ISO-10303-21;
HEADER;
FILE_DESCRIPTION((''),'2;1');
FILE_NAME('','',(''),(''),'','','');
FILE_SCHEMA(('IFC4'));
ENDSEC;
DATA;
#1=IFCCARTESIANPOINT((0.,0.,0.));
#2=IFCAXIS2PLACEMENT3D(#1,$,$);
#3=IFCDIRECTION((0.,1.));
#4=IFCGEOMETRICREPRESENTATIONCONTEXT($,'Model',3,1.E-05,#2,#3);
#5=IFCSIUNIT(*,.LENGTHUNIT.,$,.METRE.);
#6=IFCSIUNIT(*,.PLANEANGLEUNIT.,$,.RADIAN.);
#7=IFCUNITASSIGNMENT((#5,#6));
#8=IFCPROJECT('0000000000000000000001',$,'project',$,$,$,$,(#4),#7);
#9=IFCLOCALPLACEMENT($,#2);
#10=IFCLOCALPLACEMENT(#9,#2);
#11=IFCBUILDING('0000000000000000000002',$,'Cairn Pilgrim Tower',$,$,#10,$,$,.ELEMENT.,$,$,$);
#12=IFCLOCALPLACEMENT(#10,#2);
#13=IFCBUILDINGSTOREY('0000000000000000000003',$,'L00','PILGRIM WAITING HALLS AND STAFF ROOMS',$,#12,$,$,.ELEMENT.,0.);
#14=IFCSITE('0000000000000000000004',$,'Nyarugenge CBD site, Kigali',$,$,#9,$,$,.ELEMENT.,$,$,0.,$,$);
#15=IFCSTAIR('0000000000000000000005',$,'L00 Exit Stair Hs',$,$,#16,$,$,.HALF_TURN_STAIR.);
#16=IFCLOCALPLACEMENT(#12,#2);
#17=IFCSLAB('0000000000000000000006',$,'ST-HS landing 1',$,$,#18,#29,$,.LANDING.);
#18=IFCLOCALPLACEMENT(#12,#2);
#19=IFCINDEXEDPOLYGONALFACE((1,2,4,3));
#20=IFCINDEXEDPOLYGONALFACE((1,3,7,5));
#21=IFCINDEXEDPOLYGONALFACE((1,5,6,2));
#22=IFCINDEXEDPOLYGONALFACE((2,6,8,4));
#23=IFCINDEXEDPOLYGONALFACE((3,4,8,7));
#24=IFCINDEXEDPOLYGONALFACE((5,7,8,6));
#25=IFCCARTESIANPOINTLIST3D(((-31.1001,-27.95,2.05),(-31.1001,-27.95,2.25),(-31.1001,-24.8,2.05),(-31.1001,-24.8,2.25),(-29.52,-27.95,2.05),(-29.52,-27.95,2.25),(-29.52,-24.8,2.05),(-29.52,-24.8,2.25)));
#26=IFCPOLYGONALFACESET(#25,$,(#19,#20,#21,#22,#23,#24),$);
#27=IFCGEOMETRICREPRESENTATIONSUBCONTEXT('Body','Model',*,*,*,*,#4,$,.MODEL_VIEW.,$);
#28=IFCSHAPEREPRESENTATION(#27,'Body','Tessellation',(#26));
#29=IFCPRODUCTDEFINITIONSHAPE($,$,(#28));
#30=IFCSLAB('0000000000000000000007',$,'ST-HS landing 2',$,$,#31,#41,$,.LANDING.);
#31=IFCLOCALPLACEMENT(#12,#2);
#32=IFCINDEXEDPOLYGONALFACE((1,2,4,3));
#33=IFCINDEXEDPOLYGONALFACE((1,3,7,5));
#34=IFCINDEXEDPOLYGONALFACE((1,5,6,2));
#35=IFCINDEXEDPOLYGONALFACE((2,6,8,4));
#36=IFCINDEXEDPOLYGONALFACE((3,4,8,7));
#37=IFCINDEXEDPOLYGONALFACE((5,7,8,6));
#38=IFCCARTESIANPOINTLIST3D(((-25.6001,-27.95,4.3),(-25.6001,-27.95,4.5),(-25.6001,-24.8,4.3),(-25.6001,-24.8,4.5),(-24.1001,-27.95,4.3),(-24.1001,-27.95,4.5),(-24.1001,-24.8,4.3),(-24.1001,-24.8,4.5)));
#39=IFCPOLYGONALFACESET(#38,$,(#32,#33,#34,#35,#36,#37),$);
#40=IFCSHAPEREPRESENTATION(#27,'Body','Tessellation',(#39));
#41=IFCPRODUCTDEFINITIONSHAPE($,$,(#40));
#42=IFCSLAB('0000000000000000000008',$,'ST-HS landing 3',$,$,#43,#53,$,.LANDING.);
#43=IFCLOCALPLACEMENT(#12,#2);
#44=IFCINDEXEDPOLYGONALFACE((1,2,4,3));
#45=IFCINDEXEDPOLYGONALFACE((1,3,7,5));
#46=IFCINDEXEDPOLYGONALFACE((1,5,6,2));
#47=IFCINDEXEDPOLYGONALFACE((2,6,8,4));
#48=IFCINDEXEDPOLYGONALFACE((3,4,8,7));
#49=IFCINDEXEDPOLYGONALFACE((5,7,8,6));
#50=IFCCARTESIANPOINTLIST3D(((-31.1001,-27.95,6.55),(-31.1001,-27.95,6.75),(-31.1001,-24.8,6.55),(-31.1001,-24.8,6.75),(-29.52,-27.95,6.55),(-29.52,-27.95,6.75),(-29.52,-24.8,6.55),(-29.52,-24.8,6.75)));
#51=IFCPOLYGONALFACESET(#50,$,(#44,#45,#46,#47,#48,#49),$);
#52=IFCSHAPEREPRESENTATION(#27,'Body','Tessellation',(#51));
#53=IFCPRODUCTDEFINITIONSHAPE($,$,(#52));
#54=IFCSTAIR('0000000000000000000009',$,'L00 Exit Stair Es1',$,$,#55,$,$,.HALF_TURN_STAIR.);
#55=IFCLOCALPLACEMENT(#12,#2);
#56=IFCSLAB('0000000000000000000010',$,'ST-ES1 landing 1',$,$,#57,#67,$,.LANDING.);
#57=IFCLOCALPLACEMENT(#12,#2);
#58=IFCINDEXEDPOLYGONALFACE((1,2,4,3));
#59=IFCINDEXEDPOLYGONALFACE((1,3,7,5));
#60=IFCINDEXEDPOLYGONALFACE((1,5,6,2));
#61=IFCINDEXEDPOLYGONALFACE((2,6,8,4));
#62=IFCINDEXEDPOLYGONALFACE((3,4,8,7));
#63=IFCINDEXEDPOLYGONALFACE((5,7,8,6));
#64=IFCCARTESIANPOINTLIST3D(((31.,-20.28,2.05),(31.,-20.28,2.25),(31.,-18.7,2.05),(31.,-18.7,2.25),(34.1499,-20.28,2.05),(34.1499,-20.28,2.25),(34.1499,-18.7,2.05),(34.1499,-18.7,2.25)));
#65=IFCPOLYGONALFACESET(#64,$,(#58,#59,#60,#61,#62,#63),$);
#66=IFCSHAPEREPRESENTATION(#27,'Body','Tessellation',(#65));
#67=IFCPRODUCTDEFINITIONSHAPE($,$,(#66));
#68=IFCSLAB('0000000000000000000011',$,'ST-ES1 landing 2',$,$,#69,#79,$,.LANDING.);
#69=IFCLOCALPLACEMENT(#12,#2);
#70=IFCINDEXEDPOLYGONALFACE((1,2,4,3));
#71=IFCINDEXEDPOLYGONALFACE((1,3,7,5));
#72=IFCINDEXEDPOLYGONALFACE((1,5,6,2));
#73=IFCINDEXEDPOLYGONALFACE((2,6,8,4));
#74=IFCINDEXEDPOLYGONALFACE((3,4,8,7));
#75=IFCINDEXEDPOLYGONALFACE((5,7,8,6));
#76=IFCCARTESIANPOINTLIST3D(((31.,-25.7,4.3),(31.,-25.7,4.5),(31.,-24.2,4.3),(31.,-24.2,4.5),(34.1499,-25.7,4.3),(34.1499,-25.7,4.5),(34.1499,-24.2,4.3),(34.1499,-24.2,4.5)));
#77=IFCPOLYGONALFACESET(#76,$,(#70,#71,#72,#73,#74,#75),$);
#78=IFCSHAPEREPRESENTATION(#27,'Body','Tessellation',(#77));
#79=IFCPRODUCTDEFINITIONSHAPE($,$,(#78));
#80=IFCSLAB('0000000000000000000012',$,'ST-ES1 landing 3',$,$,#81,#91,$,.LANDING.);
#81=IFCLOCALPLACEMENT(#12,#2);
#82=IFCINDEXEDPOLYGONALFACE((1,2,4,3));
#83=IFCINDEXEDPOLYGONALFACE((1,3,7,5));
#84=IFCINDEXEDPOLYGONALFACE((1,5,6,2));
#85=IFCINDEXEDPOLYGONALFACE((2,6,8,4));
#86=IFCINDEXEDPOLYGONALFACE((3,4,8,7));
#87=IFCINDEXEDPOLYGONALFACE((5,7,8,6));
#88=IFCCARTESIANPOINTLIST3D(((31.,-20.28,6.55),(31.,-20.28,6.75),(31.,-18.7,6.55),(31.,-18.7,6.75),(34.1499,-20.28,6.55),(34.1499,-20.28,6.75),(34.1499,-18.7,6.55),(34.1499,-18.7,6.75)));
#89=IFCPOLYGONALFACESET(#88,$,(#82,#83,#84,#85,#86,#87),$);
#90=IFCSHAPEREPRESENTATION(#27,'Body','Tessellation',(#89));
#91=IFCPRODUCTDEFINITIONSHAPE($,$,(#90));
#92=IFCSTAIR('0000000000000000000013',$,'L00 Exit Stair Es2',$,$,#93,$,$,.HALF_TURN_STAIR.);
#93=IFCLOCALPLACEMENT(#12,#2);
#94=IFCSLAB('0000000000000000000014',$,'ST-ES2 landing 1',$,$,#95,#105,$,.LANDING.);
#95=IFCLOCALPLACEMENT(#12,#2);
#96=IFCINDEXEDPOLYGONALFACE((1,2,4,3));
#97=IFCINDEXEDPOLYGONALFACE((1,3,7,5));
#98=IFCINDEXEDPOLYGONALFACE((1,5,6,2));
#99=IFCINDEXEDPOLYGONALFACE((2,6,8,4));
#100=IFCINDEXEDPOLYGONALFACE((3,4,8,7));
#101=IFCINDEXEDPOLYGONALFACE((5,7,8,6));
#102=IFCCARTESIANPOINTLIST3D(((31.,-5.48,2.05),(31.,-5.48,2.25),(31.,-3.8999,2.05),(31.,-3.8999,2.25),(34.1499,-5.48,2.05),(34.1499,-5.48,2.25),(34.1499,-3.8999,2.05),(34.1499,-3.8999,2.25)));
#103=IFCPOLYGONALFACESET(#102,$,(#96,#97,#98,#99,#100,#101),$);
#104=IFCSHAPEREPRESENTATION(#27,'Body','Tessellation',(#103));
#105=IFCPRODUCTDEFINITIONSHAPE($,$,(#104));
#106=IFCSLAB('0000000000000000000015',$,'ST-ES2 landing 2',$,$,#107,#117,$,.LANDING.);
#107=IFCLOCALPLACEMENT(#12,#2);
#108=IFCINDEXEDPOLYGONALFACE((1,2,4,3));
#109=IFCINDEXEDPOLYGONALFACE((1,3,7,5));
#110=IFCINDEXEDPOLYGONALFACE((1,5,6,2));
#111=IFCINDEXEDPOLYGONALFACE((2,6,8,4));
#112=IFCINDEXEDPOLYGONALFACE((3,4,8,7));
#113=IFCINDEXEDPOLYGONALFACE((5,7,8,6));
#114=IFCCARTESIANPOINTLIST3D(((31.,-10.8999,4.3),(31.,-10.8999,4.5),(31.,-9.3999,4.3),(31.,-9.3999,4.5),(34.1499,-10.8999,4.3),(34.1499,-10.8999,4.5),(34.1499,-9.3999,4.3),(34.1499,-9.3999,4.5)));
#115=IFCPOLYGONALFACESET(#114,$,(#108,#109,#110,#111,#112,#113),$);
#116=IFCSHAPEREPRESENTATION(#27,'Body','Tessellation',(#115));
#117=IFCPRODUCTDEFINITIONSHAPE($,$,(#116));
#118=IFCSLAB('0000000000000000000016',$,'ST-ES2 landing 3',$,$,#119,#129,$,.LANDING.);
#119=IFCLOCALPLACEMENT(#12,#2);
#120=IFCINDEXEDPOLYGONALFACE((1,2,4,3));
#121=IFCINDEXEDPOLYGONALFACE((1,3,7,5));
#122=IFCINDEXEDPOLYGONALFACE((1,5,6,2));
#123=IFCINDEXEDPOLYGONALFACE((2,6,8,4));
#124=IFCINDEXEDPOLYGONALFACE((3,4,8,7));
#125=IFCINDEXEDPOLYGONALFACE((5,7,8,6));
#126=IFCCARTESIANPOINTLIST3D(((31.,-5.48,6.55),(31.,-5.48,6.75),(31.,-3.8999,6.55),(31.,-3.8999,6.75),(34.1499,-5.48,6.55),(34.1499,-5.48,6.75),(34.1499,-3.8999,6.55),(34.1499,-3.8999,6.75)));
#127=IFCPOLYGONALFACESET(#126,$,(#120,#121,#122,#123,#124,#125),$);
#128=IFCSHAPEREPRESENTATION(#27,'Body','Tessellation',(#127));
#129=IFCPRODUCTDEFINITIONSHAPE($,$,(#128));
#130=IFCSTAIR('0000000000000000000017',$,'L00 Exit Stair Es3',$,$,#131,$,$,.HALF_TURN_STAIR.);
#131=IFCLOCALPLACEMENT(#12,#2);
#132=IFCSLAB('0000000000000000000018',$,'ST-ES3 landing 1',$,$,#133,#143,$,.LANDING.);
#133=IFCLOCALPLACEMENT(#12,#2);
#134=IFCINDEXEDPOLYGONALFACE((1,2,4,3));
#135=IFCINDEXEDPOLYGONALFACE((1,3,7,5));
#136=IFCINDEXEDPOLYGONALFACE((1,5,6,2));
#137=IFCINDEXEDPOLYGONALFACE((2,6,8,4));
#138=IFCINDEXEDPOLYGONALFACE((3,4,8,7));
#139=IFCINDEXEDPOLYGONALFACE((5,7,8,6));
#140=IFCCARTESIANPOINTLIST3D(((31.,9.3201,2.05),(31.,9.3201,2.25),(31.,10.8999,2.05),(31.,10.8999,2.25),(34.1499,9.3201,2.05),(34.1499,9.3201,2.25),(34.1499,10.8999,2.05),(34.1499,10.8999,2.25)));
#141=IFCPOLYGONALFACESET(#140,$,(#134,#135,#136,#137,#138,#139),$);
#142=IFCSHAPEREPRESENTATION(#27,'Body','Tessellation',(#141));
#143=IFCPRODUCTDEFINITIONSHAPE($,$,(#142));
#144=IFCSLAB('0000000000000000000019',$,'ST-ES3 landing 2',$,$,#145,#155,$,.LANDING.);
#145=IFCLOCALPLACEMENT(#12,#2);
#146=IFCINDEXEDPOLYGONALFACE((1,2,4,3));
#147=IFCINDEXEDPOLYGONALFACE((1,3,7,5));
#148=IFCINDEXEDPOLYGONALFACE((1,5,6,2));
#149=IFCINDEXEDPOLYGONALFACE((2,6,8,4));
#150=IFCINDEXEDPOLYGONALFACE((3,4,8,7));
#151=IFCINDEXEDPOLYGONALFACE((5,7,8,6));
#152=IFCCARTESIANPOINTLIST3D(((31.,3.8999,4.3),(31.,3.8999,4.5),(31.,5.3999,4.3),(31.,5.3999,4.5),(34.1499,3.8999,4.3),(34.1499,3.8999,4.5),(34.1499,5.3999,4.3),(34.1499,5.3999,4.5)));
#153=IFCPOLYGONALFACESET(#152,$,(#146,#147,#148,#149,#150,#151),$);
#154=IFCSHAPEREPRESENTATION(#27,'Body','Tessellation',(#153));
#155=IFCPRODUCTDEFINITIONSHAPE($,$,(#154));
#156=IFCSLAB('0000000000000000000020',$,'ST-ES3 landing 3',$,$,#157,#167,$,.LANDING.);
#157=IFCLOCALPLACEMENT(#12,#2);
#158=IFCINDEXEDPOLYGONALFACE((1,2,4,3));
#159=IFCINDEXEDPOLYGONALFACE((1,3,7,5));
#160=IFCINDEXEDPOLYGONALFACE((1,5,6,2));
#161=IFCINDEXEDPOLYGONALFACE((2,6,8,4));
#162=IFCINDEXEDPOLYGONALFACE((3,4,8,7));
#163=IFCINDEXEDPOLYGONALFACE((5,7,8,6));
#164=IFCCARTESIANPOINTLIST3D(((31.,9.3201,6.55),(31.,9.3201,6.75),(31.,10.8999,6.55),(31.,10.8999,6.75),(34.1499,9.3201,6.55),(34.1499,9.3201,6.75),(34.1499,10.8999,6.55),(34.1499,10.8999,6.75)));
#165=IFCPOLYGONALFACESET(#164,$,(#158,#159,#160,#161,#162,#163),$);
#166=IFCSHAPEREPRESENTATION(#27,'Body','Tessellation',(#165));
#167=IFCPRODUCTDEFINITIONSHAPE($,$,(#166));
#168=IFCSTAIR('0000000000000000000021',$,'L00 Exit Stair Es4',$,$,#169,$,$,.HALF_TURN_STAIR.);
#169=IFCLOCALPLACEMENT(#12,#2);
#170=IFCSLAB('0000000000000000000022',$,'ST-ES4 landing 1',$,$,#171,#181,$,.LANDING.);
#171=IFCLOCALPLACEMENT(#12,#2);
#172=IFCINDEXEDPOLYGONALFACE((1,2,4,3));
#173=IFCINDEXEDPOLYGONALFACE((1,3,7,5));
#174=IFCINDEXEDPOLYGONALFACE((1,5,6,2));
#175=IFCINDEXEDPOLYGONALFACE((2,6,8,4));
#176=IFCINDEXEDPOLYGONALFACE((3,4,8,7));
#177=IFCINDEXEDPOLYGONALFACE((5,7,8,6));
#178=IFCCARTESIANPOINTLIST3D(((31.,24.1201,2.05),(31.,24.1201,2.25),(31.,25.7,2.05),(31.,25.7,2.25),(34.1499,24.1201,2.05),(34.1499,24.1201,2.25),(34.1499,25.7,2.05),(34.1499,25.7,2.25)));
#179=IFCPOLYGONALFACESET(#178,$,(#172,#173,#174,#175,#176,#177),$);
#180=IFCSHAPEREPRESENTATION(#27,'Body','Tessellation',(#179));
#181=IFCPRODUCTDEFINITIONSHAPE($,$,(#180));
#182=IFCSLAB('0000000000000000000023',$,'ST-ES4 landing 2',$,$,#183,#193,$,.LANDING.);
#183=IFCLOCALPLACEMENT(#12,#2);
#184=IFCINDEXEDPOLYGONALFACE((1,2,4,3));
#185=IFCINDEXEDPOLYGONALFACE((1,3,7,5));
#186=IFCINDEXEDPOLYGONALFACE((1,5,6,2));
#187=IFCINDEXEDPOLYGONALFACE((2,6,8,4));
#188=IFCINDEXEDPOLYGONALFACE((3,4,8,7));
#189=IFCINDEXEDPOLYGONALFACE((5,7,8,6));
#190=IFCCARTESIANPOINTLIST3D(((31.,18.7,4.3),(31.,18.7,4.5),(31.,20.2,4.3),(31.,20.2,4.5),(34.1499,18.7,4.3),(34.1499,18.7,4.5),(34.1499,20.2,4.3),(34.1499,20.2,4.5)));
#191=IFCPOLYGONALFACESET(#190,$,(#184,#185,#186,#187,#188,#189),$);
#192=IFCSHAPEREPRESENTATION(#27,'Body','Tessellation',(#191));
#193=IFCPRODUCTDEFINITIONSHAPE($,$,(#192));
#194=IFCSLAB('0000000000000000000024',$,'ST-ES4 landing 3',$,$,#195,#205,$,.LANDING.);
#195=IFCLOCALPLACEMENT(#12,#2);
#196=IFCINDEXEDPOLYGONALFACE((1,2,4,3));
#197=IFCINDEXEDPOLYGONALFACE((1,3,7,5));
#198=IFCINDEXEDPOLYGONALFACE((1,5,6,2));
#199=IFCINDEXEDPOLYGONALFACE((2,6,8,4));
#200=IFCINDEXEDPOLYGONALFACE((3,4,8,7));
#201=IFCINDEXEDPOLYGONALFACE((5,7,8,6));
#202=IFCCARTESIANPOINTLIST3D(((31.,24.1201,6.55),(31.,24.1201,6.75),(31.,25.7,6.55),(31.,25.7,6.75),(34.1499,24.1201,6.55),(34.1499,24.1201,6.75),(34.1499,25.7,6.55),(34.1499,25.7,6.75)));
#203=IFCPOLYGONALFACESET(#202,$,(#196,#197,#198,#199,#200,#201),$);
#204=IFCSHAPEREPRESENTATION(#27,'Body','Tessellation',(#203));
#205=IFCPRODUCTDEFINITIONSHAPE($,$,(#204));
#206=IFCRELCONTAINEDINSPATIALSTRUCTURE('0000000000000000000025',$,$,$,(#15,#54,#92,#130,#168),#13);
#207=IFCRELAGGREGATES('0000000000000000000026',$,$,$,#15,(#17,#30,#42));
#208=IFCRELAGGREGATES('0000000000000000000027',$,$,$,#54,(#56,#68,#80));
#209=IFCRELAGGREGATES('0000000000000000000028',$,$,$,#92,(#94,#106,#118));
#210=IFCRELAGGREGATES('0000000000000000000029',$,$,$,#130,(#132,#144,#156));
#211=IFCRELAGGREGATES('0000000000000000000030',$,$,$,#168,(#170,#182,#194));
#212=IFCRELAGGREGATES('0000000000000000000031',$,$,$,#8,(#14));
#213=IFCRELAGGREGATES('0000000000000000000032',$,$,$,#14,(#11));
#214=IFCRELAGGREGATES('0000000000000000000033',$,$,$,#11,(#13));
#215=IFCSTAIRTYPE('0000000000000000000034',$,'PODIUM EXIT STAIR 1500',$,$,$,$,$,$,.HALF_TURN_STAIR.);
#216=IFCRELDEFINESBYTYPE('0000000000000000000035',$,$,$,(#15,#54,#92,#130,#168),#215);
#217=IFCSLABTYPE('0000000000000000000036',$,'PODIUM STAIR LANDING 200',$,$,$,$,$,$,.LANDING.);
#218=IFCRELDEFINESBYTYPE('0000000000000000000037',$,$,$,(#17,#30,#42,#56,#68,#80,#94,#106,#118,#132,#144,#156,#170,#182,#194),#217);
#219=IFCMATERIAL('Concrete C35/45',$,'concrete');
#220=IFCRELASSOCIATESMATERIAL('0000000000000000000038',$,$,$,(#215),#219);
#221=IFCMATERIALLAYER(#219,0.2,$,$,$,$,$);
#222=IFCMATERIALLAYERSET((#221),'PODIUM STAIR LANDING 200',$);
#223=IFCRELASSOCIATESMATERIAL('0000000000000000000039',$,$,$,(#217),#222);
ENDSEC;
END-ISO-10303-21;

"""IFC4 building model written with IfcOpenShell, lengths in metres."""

from ifc_helpers import new_model, si_unit, direction, frame, origin, place, context, subcontext, project, spatial, polyline, outline, extrude, material, layer, layer_set, type_object, element, aggregate, save


model = new_model("IFC4")

# Units and contexts
model_context = context("Model", 3, precision=1e-05, world=origin(), true_north=direction((0.0, 1.0)))
body_context = subcontext(model_context, "Body", "Model", "MODEL_VIEW")
ifc_project = project(units=[si_unit("LENGTHUNIT", "METRE"), si_unit("PLANEANGLEUNIT", "RADIAN")], contexts=[model_context])

# Site, building, storey
site_placement = place(None, origin())
site = spatial("IfcSite", under=ifc_project, at=site_placement, Name="Nyarugenge CBD site, Kigali", CompositionType="ELEMENT", RefElevation=0.0)
building_placement = place(site_placement, origin())
building = spatial("IfcBuilding", under=site, at=building_placement, Name="Cairn Pilgrim Tower", CompositionType="ELEMENT")
storey_placement = place(building_placement, origin())
storey = spatial("IfcBuildingStorey", under=building, at=storey_placement, Name="L00", Description="PILGRIM WAITING HALLS AND STAFF ROOMS", CompositionType="ELEMENT", Elevation=0.0)

# Stairs, slabs
ifc_material_1 = material(Name="Concrete C35/45", Category="concrete")
stair_type_1 = type_object("IfcStairType", Name="PODIUM EXIT STAIR 1500", PredefinedType="HALF_TURN_STAIR", material=ifc_material_1)
stair_1_placement = place(storey_placement, origin())
stair_1 = element("IfcStair", 1, at=stair_1_placement, inside=storey, type_object=stair_type_1, Name="L00 Exit Stair Hs", PredefinedType="HALF_TURN_STAIR")
ifc_layer_1 = layer(ifc_material_1, 0.2)
ifc_layer_set_1 = layer_set([ifc_layer_1], Name="PODIUM STAIR LANDING 200")
slab_type_1 = type_object("IfcSlabType", Name="PODIUM STAIR LANDING 200", PredefinedType="LANDING", material=ifc_layer_set_1)
slab_1_placement = place(storey_placement, frame((0.0, 0.0, 2.05)))
slab_1 = element("IfcSlab", 2, at=slab_1_placement, type_object=slab_type_1, Name="ST-HS landing 1", PredefinedType="LANDING", context=body_context, shape_type="SweptSolid", body=[
    extrude(outline(polyline([(-29.52, -24.8), (-31.1001, -24.8), (-31.1001, -27.95), (-29.52, -27.95), (-29.52, -24.8)])), origin(), (0.0, 0.0, 1.0), 0.2),
])
slab_2_placement = place(storey_placement, frame((0.0, 0.0, 4.3)))
slab_2 = element("IfcSlab", 3, at=slab_2_placement, type_object=slab_type_1, Name="ST-HS landing 2", PredefinedType="LANDING", context=body_context, shape_type="SweptSolid", body=[
    extrude(outline(polyline([(-24.1001, -24.8), (-25.6001, -24.8), (-25.6001, -27.95), (-24.1001, -27.95), (-24.1001, -24.8)])), origin(), (0.0, 0.0, 1.0), 0.2),
])
slab_3_placement = place(storey_placement, frame((0.0, 0.0, 6.55)))
slab_3 = element("IfcSlab", 4, at=slab_3_placement, type_object=slab_type_1, Name="ST-HS landing 3", PredefinedType="LANDING", context=body_context, shape_type="SweptSolid", body=[
    extrude(outline(polyline([(-29.52, -24.8), (-31.1001, -24.8), (-31.1001, -27.95), (-29.52, -27.95), (-29.52, -24.8)])), origin(), (0.0, 0.0, 1.0), 0.2),
])
aggregate(stair_1, [slab_1, slab_2, slab_3])
stair_2_placement = place(storey_placement, origin())
stair_2 = element("IfcStair", 5, at=stair_2_placement, inside=storey, type_object=stair_type_1, Name="L00 Exit Stair Es1", PredefinedType="HALF_TURN_STAIR")
slab_4_placement = place(storey_placement, frame((0.0, 0.0, 2.05)))
slab_4 = element("IfcSlab", 6, at=slab_4_placement, type_object=slab_type_1, Name="ST-ES1 landing 1", PredefinedType="LANDING", context=body_context, shape_type="SweptSolid", body=[
    extrude(outline(polyline([(34.1499, -20.28), (34.1499, -18.7), (31.0, -18.7), (31.0, -20.28), (34.1499, -20.28)])), origin(), (0.0, 0.0, 1.0), 0.2),
])
slab_5_placement = place(storey_placement, frame((0.0, 0.0, 4.3)))
slab_5 = element("IfcSlab", 7, at=slab_5_placement, type_object=slab_type_1, Name="ST-ES1 landing 2", PredefinedType="LANDING", context=body_context, shape_type="SweptSolid", body=[
    extrude(outline(polyline([(34.1499, -25.7), (34.1499, -24.2), (31.0, -24.2), (31.0, -25.7), (34.1499, -25.7)])), origin(), (0.0, 0.0, 1.0), 0.2),
])
slab_6_placement = place(storey_placement, frame((0.0, 0.0, 6.55)))
slab_6 = element("IfcSlab", 8, at=slab_6_placement, type_object=slab_type_1, Name="ST-ES1 landing 3", PredefinedType="LANDING", context=body_context, shape_type="SweptSolid", body=[
    extrude(outline(polyline([(34.1499, -20.28), (34.1499, -18.7), (31.0, -18.7), (31.0, -20.28), (34.1499, -20.28)])), origin(), (0.0, 0.0, 1.0), 0.2),
])
aggregate(stair_2, [slab_4, slab_5, slab_6])
stair_3_placement = place(storey_placement, origin())
stair_3 = element("IfcStair", 9, at=stair_3_placement, inside=storey, type_object=stair_type_1, Name="L00 Exit Stair Es2", PredefinedType="HALF_TURN_STAIR")
slab_7_placement = place(storey_placement, frame((0.0, 0.0, 2.05)))
slab_7 = element("IfcSlab", 10, at=slab_7_placement, type_object=slab_type_1, Name="ST-ES2 landing 1", PredefinedType="LANDING", context=body_context, shape_type="SweptSolid", body=[
    extrude(outline(polyline([(34.1499, -5.48), (34.1499, -3.8999), (31.0, -3.8999), (31.0, -5.48), (34.1499, -5.48)])), origin(), (0.0, 0.0, 1.0), 0.2),
])
slab_8_placement = place(storey_placement, frame((0.0, 0.0, 4.3)))
slab_8 = element("IfcSlab", 11, at=slab_8_placement, type_object=slab_type_1, Name="ST-ES2 landing 2", PredefinedType="LANDING", context=body_context, shape_type="SweptSolid", body=[
    extrude(outline(polyline([(34.1499, -10.8999), (34.1499, -9.3999), (31.0, -9.3999), (31.0, -10.8999), (34.1499, -10.8999)])), origin(), (0.0, 0.0, 1.0), 0.2),
])
slab_9_placement = place(storey_placement, frame((0.0, 0.0, 6.55)))
slab_9 = element("IfcSlab", 12, at=slab_9_placement, type_object=slab_type_1, Name="ST-ES2 landing 3", PredefinedType="LANDING", context=body_context, shape_type="SweptSolid", body=[
    extrude(outline(polyline([(34.1499, -5.48), (34.1499, -3.8999), (31.0, -3.8999), (31.0, -5.48), (34.1499, -5.48)])), origin(), (0.0, 0.0, 1.0), 0.2),
])
aggregate(stair_3, [slab_7, slab_8, slab_9])
stair_4_placement = place(storey_placement, origin())
stair_4 = element("IfcStair", 13, at=stair_4_placement, inside=storey, type_object=stair_type_1, Name="L00 Exit Stair Es3", PredefinedType="HALF_TURN_STAIR")
slab_10_placement = place(storey_placement, frame((0.0, 0.0, 2.05)))
slab_10 = element("IfcSlab", 14, at=slab_10_placement, type_object=slab_type_1, Name="ST-ES3 landing 1", PredefinedType="LANDING", context=body_context, shape_type="SweptSolid", body=[
    extrude(outline(polyline([(34.1499, 9.3201), (34.1499, 10.8999), (31.0, 10.8999), (31.0, 9.3201), (34.1499, 9.3201)])), origin(), (0.0, 0.0, 1.0), 0.2),
])
slab_11_placement = place(storey_placement, frame((0.0, 0.0, 4.3)))
slab_11 = element("IfcSlab", 15, at=slab_11_placement, type_object=slab_type_1, Name="ST-ES3 landing 2", PredefinedType="LANDING", context=body_context, shape_type="SweptSolid", body=[
    extrude(outline(polyline([(34.1499, 3.8999), (34.1499, 5.3999), (31.0, 5.3999), (31.0, 3.8999), (34.1499, 3.8999)])), origin(), (0.0, 0.0, 1.0), 0.2),
])
slab_12_placement = place(storey_placement, frame((0.0, 0.0, 6.55)))
slab_12 = element("IfcSlab", 16, at=slab_12_placement, type_object=slab_type_1, Name="ST-ES3 landing 3", PredefinedType="LANDING", context=body_context, shape_type="SweptSolid", body=[
    extrude(outline(polyline([(34.1499, 9.3201), (34.1499, 10.8999), (31.0, 10.8999), (31.0, 9.3201), (34.1499, 9.3201)])), origin(), (0.0, 0.0, 1.0), 0.2),
])
aggregate(stair_4, [slab_10, slab_11, slab_12])
stair_5_placement = place(storey_placement, origin())
stair_5 = element("IfcStair", 17, at=stair_5_placement, inside=storey, type_object=stair_type_1, Name="L00 Exit Stair Es4", PredefinedType="HALF_TURN_STAIR")
slab_13_placement = place(storey_placement, frame((0.0, 0.0, 2.05)))
slab_13 = element("IfcSlab", 18, at=slab_13_placement, type_object=slab_type_1, Name="ST-ES4 landing 1", PredefinedType="LANDING", context=body_context, shape_type="SweptSolid", body=[
    extrude(outline(polyline([(34.1499, 24.1201), (34.1499, 25.7), (31.0, 25.7), (31.0, 24.1201), (34.1499, 24.1201)])), origin(), (0.0, 0.0, 1.0), 0.2),
])
slab_14_placement = place(storey_placement, frame((0.0, 0.0, 4.3)))
slab_14 = element("IfcSlab", 19, at=slab_14_placement, type_object=slab_type_1, Name="ST-ES4 landing 2", PredefinedType="LANDING", context=body_context, shape_type="SweptSolid", body=[
    extrude(outline(polyline([(34.1499, 18.7), (34.1499, 20.2), (31.0, 20.2), (31.0, 18.7), (34.1499, 18.7)])), origin(), (0.0, 0.0, 1.0), 0.2),
])
slab_15_placement = place(storey_placement, frame((0.0, 0.0, 6.55)))
slab_15 = element("IfcSlab", 20, at=slab_15_placement, type_object=slab_type_1, Name="ST-ES4 landing 3", PredefinedType="LANDING", context=body_context, shape_type="SweptSolid", body=[
    extrude(outline(polyline([(34.1499, 24.1201), (34.1499, 25.7), (31.0, 25.7), (31.0, 24.1201), (34.1499, 24.1201)])), origin(), (0.0, 0.0, 1.0), 0.2),
])
aggregate(stair_5, [slab_13, slab_14, slab_15])

save(model, "model.ifc")
